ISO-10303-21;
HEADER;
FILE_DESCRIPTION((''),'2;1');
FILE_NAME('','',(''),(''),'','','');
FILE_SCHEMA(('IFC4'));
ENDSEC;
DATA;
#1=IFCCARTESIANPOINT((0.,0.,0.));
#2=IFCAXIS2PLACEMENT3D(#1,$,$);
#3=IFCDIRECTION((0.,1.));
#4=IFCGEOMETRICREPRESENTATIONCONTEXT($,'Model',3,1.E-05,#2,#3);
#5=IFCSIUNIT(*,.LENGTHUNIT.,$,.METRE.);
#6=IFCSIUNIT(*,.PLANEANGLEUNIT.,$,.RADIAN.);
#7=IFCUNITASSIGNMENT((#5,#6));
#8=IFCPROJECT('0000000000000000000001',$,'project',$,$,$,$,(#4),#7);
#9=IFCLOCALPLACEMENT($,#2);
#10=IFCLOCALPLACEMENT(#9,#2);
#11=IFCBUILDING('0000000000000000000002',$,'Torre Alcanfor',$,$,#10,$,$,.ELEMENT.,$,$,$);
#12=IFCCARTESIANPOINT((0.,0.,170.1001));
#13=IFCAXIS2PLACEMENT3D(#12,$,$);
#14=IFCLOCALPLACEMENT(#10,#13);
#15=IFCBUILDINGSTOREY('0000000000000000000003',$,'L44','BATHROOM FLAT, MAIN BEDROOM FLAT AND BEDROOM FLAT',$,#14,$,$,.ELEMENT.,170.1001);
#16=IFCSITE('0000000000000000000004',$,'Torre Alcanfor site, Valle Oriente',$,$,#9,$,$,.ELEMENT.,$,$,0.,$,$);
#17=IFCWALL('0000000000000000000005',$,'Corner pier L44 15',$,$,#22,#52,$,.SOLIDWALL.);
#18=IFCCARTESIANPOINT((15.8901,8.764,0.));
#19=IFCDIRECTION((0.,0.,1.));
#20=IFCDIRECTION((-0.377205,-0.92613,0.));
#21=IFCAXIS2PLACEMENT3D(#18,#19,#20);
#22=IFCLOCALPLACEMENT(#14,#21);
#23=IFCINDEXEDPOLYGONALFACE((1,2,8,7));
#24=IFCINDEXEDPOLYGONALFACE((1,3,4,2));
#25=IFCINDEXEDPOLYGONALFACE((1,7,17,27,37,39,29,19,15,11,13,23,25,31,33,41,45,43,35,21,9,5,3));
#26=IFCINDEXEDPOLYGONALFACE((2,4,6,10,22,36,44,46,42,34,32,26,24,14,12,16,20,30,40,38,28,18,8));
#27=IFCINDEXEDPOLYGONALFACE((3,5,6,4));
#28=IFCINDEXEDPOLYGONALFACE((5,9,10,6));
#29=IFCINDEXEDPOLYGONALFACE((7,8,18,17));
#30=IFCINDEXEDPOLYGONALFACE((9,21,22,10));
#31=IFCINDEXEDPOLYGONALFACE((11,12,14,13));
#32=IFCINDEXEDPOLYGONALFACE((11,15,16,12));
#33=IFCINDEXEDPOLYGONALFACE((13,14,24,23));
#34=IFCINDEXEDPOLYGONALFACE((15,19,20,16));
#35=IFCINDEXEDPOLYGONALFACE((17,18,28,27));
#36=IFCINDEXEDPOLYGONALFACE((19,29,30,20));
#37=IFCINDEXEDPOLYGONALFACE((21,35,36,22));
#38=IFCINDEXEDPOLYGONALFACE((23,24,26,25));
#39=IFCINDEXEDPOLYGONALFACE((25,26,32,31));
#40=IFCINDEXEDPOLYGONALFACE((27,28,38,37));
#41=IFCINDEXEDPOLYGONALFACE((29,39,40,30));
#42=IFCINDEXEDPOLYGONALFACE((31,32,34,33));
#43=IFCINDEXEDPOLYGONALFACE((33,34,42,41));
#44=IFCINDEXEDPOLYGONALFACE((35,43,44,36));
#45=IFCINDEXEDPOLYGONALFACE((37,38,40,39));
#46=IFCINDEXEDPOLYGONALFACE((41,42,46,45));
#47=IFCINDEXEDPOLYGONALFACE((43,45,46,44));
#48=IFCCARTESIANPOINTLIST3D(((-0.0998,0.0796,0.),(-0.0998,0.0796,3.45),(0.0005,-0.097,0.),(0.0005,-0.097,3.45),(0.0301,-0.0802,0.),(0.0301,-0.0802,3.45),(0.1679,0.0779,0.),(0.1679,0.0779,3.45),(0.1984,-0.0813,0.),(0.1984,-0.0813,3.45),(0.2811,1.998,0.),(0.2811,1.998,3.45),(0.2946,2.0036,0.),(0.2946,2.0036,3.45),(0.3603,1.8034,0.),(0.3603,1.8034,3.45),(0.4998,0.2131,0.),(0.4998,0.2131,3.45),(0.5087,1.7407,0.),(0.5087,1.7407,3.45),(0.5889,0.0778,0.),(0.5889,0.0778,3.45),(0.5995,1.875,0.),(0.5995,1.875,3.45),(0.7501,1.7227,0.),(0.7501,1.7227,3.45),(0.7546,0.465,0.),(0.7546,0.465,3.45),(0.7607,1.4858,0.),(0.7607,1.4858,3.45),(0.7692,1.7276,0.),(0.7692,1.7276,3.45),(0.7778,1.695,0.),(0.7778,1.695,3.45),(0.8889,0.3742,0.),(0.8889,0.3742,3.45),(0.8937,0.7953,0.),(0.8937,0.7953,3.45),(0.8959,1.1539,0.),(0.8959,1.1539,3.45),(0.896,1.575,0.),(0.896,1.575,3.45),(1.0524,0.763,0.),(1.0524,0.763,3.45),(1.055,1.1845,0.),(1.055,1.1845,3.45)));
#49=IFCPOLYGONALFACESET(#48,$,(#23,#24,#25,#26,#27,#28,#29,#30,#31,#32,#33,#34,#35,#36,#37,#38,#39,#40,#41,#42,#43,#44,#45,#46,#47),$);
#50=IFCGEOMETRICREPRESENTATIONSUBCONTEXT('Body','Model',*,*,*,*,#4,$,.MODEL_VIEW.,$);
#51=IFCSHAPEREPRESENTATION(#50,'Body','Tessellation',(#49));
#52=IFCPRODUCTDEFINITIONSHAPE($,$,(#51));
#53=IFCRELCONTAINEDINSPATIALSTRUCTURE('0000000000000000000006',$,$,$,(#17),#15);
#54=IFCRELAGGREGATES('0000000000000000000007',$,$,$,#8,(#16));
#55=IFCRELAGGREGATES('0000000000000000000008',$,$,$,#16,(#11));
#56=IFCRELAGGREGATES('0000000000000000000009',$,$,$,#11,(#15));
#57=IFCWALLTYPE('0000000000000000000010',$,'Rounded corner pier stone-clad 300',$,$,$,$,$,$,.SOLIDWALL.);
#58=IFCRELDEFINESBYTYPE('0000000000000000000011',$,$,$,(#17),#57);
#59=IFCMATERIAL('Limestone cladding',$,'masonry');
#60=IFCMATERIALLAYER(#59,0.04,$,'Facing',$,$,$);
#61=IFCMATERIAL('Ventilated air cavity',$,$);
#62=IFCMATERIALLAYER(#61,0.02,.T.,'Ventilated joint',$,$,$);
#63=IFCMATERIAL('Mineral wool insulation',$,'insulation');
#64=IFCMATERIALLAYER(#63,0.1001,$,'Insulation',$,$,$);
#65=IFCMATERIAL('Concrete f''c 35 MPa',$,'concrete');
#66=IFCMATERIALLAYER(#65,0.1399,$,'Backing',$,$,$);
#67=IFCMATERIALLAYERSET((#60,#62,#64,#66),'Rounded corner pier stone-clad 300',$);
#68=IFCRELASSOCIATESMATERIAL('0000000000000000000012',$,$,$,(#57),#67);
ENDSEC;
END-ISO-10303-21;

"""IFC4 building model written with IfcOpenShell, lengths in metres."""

from ifc_helpers import new_model, si_unit, direction, frame, origin, place, context, subcontext, project, spatial, polyline, outline, extrude, material, layer, layer_set, type_object, element, save


model = new_model("IFC4")

# Units and contexts
model_context = context("Model", 3, precision=1e-05, world=origin(), true_north=direction((0.0, 1.0)))
body_context = subcontext(model_context, "Body", "Model", "MODEL_VIEW")
ifc_project = project(units=[si_unit("LENGTHUNIT", "METRE"), si_unit("PLANEANGLEUNIT", "RADIAN")], contexts=[model_context])

# Site, building, storey
site_placement = place(None, origin())
site = spatial("IfcSite", under=ifc_project, at=site_placement, Name="Torre Alcanfor site, Valle Oriente", CompositionType="ELEMENT", RefElevation=0.0)
building_placement = place(site_placement, origin())
building = spatial("IfcBuilding", under=site, at=building_placement, Name="Torre Alcanfor", CompositionType="ELEMENT")
storey_placement = place(building_placement, frame((0.0, 0.0, 170.1001)))
storey = spatial("IfcBuildingStorey", under=building, at=storey_placement, Name="L44", Description="BATHROOM FLAT, MAIN BEDROOM FLAT AND BEDROOM FLAT", CompositionType="ELEMENT", Elevation=170.1001)

# Wall
ifc_material_1 = material(Name="Limestone cladding", Category="masonry")
ifc_layer_1 = layer(ifc_material_1, 0.04, Name="Facing")
ifc_material_2 = material(Name="Ventilated air cavity")
ifc_layer_2 = layer(ifc_material_2, 0.02, ventilated=True, Name="Ventilated joint")
ifc_material_3 = material(Name="Mineral wool insulation", Category="insulation")
ifc_layer_3 = layer(ifc_material_3, 0.1001, Name="Insulation")
ifc_material_4 = material(Name="Concrete f'c 35 MPa", Category="concrete")
ifc_layer_4 = layer(ifc_material_4, 0.1399, Name="Backing")
ifc_layer_set_1 = layer_set([ifc_layer_1, ifc_layer_2, ifc_layer_3, ifc_layer_4], Name="Rounded corner pier stone-clad 300")
wall_type_1 = type_object("IfcWallType", Name="Rounded corner pier stone-clad 300", PredefinedType="SOLIDWALL", material=ifc_layer_set_1)
wall_1_placement = place(storey_placement, frame((15.8901, 8.764, 0.0), z_axis=(0.0, 0.0, 1.0), x_axis=(-0.377205, -0.92613, 0.0)))
element("IfcWall", 1, at=wall_1_placement, inside=storey, type_object=wall_type_1, Name="Corner pier L44 15", PredefinedType="SOLIDWALL", context=body_context, shape_type="SweptSolid", body=[
    extrude(outline(polyline([(0.3603, 1.8034), (0.5087, 1.7407), (0.7607, 1.4858), (0.8959, 1.1539), (0.8937, 0.7953), (0.7546, 0.465), (0.4998, 0.2131), (0.1679, 0.0779), (-0.0998, 0.0796), (0.0005, -0.097), (0.0301, -0.0802), (0.1984, -0.0813), (0.5889, 0.0778), (0.8889, 0.3742), (1.0524, 0.763), (1.055, 1.1845), (0.896, 1.575), (0.7778, 1.695), (0.7692, 1.7276), (0.7501, 1.7227), (0.5995, 1.875), (0.2946, 2.0036), (0.2811, 1.998), (0.3603, 1.8034)])), origin(), (0.0, 0.0, 1.0), 3.45),
])

save(model, "model.ifc")
